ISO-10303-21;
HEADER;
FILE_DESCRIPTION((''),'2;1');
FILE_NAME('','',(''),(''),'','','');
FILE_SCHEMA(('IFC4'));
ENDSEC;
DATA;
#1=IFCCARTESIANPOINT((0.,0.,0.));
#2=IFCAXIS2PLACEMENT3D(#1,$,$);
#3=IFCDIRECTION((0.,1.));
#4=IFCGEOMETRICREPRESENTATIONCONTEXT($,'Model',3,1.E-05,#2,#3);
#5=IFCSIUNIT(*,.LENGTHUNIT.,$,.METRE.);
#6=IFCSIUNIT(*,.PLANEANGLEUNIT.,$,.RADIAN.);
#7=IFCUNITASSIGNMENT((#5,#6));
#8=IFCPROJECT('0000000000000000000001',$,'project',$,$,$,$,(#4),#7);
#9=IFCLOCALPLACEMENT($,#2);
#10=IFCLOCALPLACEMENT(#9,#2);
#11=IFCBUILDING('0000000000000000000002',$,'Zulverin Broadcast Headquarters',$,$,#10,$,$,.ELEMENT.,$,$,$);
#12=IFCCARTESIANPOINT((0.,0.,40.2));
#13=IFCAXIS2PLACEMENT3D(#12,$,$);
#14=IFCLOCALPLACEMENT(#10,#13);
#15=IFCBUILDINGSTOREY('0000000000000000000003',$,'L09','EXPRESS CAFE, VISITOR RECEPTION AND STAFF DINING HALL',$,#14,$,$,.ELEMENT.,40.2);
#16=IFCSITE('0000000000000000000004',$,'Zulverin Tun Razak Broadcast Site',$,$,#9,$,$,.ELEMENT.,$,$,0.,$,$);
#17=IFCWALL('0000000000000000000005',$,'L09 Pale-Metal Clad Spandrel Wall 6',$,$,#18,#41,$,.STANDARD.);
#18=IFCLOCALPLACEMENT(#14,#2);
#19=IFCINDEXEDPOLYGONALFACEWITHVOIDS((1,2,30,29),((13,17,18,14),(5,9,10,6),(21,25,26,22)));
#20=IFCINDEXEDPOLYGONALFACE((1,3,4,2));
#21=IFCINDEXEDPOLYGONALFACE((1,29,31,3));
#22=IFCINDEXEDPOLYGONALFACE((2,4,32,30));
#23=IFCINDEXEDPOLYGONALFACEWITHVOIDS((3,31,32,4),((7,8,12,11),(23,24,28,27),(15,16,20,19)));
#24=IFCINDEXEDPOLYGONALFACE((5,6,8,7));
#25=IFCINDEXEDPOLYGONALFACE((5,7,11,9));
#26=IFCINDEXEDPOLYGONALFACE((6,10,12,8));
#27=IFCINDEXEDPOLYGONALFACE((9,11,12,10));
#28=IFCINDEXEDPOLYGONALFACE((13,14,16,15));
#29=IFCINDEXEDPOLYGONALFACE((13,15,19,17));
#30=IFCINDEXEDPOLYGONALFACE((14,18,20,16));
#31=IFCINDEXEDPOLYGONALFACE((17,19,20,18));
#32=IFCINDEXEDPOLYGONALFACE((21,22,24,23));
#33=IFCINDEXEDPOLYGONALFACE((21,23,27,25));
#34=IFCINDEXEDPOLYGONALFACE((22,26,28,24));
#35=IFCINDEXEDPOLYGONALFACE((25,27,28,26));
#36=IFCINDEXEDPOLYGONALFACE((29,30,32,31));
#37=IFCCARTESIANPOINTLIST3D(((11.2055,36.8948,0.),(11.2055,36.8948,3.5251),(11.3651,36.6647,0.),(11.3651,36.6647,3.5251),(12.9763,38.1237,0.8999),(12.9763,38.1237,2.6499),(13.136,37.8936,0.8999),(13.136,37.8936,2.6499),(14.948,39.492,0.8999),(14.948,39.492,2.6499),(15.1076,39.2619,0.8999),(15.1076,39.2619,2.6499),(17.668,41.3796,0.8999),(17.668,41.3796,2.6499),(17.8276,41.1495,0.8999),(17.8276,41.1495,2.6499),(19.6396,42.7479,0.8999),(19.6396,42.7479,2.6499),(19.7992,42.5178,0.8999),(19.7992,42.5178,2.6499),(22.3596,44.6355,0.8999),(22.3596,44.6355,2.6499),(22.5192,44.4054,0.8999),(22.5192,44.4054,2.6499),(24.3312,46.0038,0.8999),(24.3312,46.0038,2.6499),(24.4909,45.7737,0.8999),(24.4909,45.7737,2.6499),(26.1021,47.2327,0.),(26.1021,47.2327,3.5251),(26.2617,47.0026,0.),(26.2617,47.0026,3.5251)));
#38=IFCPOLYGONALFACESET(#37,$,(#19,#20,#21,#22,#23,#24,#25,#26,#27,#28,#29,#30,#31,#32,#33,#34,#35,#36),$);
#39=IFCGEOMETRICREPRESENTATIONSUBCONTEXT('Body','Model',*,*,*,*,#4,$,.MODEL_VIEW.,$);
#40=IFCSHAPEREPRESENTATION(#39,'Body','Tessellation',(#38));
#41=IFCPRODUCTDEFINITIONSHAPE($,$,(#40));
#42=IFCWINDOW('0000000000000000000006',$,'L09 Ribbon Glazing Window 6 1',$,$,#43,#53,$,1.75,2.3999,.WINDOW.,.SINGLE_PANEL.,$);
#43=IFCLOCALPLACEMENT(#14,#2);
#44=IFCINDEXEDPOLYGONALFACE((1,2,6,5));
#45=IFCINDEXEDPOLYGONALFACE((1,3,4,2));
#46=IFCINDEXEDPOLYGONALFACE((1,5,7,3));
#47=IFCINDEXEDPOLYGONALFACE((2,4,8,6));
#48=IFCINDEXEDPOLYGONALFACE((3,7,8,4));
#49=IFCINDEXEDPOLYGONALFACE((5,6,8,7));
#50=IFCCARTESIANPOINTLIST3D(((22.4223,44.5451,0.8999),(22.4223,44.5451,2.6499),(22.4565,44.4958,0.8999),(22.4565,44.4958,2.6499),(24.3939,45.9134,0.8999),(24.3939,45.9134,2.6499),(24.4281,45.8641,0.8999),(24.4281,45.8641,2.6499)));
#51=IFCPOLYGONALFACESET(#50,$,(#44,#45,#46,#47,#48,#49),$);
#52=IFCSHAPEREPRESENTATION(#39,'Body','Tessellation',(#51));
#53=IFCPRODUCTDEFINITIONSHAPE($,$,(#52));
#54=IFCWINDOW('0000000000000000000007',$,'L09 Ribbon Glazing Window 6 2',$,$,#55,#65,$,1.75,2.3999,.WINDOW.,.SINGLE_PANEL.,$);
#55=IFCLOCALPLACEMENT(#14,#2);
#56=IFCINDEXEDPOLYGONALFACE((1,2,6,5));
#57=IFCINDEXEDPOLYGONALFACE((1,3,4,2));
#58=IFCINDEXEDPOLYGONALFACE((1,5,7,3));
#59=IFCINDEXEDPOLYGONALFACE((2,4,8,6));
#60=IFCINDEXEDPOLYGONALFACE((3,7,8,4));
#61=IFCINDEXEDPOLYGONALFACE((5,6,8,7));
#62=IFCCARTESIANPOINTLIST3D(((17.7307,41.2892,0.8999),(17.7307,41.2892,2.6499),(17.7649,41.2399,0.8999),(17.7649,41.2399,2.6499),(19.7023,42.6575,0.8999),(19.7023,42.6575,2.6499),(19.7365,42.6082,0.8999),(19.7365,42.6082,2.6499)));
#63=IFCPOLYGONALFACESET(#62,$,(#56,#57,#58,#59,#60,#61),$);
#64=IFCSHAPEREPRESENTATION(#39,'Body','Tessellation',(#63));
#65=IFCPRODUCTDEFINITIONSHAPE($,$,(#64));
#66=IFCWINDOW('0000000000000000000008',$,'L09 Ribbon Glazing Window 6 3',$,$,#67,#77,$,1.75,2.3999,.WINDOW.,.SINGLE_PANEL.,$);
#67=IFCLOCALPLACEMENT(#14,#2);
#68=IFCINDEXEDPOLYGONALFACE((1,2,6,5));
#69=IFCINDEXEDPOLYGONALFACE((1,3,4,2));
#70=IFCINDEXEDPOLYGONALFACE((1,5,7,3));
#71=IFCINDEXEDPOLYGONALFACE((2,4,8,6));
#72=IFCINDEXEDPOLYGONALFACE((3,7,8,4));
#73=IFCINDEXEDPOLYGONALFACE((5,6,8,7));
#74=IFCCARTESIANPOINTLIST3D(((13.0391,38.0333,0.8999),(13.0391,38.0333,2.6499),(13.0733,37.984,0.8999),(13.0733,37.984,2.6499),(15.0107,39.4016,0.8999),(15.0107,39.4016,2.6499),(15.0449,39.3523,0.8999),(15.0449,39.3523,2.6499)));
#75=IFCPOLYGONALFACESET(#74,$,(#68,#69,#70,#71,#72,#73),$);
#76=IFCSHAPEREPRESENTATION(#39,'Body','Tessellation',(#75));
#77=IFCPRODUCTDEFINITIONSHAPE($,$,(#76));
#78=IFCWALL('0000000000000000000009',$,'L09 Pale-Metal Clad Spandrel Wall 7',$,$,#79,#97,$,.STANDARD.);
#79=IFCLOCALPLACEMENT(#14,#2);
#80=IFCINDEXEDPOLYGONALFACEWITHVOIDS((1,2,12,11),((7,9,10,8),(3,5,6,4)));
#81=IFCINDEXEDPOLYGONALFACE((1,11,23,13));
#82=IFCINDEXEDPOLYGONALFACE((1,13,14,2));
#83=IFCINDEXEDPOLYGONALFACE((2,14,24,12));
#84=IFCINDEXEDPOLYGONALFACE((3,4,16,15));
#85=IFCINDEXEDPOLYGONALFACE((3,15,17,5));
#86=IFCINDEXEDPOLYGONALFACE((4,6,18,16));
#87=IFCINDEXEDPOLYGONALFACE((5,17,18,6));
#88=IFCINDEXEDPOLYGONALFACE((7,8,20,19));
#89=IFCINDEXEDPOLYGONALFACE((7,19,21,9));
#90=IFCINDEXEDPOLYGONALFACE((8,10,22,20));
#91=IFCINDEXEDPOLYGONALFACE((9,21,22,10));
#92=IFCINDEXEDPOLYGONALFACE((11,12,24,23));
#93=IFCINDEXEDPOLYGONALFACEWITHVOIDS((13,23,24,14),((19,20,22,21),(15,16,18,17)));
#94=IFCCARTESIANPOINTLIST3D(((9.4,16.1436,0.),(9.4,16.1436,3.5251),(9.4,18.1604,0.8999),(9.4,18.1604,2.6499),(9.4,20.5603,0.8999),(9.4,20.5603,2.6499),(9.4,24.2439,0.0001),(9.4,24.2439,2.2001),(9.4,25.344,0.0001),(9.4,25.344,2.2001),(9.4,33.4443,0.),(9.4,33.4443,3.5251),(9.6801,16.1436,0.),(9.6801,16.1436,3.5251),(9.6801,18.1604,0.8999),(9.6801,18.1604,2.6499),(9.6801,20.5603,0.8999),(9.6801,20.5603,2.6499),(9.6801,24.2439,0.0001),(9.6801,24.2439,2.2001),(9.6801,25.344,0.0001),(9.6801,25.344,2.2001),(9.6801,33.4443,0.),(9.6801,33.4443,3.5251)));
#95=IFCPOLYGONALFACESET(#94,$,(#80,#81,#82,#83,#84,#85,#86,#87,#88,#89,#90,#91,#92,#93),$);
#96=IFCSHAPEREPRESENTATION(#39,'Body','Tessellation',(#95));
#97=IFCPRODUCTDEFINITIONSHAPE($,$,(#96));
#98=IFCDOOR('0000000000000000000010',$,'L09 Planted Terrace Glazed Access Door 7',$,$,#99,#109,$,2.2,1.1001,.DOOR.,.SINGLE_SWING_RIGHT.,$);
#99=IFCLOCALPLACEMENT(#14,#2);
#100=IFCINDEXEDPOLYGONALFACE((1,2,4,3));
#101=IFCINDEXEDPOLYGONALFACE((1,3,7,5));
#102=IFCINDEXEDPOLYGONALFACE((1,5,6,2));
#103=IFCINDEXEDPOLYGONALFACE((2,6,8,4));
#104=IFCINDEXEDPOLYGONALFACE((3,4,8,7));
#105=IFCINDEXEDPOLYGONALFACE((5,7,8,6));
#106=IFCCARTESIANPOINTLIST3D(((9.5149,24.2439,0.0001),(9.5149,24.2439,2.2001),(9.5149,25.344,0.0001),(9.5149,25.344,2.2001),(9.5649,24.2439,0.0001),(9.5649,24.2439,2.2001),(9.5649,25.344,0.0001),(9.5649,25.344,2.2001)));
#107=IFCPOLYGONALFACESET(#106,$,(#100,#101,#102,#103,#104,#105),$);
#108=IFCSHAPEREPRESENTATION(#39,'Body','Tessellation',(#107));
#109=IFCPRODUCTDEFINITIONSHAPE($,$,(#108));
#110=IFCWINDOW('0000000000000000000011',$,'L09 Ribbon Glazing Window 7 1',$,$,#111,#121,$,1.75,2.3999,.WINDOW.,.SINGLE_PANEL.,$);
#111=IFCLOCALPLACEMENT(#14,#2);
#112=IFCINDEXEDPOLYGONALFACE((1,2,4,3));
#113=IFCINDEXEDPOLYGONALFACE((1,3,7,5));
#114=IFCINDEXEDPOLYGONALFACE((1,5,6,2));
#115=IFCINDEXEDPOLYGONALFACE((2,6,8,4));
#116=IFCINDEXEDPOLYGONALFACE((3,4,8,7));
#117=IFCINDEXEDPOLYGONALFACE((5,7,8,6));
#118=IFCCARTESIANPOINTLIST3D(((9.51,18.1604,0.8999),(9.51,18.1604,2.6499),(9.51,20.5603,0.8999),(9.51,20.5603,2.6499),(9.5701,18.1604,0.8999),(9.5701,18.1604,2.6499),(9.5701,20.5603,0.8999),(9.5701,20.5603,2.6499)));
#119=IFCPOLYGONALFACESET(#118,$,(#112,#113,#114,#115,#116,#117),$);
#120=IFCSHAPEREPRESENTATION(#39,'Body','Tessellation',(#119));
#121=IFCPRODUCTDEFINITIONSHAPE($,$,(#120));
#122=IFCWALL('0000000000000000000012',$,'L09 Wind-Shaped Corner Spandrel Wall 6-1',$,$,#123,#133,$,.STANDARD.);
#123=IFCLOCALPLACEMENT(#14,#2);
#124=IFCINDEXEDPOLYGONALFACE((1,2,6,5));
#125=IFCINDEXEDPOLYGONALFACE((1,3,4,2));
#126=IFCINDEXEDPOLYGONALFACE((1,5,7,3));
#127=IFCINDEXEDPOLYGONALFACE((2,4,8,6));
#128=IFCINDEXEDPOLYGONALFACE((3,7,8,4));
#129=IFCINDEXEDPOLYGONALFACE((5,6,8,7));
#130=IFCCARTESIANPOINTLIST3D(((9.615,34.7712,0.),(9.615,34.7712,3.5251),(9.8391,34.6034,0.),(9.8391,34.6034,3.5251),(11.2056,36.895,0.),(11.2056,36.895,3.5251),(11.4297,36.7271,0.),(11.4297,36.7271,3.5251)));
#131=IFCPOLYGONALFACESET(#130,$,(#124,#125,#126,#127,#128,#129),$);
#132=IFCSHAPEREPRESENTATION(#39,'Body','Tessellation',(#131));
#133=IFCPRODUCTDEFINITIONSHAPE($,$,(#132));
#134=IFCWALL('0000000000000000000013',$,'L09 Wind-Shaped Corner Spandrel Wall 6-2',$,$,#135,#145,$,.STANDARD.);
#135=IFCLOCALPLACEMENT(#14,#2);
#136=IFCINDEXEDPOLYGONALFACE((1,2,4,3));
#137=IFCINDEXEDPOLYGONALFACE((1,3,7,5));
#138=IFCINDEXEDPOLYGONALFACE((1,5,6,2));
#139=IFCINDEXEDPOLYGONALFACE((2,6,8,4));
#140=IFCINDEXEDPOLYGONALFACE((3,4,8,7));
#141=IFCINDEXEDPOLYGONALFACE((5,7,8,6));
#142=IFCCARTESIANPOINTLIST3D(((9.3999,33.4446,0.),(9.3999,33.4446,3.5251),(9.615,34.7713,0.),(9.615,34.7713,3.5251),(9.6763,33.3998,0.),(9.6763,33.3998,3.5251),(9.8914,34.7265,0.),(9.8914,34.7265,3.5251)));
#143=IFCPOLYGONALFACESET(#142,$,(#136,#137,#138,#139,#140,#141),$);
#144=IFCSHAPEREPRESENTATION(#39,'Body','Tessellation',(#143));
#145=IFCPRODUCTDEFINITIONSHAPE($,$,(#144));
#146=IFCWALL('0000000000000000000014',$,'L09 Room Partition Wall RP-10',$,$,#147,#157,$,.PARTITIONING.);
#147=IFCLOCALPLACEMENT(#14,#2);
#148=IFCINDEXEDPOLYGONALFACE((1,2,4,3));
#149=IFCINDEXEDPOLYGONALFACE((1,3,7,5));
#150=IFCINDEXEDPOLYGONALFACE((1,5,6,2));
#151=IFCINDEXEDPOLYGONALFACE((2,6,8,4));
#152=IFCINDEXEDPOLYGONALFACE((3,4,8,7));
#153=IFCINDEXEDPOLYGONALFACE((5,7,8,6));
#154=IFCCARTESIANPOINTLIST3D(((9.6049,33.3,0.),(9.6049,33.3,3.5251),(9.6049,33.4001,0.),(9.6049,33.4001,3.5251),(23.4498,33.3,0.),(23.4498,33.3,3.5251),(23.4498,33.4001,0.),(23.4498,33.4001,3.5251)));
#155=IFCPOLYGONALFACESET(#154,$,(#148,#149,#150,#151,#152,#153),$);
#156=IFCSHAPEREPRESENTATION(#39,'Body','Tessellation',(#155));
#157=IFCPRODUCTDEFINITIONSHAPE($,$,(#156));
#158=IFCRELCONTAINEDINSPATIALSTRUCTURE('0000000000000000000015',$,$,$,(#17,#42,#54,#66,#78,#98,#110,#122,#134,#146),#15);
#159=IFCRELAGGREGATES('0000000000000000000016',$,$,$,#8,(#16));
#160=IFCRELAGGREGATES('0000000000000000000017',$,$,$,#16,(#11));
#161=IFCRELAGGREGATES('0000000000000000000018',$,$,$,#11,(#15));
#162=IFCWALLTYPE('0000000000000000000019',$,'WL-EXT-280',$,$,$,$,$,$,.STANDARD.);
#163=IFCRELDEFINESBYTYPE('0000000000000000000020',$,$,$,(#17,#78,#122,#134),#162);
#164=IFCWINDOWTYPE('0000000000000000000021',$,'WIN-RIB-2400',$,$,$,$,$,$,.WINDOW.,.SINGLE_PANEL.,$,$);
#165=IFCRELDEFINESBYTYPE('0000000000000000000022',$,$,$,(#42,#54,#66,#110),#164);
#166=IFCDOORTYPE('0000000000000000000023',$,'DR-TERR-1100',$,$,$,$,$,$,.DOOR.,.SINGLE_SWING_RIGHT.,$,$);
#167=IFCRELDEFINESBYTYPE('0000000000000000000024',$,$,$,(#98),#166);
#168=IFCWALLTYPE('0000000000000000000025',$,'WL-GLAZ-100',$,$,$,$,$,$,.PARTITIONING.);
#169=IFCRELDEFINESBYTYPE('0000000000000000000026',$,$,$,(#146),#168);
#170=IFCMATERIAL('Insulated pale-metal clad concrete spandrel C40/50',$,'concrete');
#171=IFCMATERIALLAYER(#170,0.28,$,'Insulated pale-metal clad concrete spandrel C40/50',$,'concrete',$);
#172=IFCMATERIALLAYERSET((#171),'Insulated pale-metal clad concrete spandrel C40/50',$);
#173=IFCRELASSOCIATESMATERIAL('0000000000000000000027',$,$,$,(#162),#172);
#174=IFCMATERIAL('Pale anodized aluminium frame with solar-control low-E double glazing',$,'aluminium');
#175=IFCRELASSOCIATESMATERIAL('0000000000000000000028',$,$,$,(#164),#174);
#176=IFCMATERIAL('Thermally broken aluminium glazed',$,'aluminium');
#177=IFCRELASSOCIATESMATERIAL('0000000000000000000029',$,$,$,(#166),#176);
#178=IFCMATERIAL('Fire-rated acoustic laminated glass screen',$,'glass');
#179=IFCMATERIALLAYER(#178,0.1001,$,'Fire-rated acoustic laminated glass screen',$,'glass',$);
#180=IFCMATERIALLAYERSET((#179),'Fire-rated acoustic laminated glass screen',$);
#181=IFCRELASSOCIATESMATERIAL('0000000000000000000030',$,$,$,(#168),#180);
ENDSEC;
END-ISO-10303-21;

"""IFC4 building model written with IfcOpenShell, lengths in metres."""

from ifc_helpers import new_model, si_unit, direction, frame, frame_2d, origin, place, context, subcontext, project, spatial, rectangle, extrude, material, layer, layer_set, type_object, element, fill, save


model = new_model("IFC4")

# Units and contexts
model_context = context("Model", 3, precision=1e-05, world=origin(), true_north=direction((0.0, 1.0)))
body_context = subcontext(model_context, "Body", "Model", "MODEL_VIEW")
ifc_project = project(units=[si_unit("LENGTHUNIT", "METRE"), si_unit("PLANEANGLEUNIT", "RADIAN")], contexts=[model_context])

# Site, building, storey
site_placement = place(None, origin())
site = spatial("IfcSite", under=ifc_project, at=site_placement, Name="Zulverin Tun Razak Broadcast Site", CompositionType="ELEMENT", RefElevation=0.0)
building_placement = place(site_placement, origin())
building = spatial("IfcBuilding", under=site, at=building_placement, Name="Zulverin Broadcast Headquarters", CompositionType="ELEMENT")
storey_placement = place(building_placement, frame((0.0, 0.0, 40.2)))
storey = spatial("IfcBuildingStorey", under=building, at=storey_placement, Name="L09", Description="EXPRESS CAFE, VISITOR RECEPTION AND STAFF DINING HALL", CompositionType="ELEMENT", Elevation=40.2)

# Wall, openings, windows
ifc_material_1 = material(Name="Insulated pale-metal clad concrete spandrel C40/50", Category="concrete")
ifc_layer_1 = layer(ifc_material_1, 0.28, Name="Insulated pale-metal clad concrete spandrel C40/50", Category="concrete")
ifc_layer_set_1 = layer_set([ifc_layer_1], Name="Insulated pale-metal clad concrete spandrel C40/50")
wall_type_1 = type_object("IfcWallType", Name="WL-EXT-280", PredefinedType="STANDARD", material=ifc_layer_set_1)
wall_1_placement = place(storey_placement, frame((26.1819, 47.1177, 0.0), z_axis=(0.0, 0.0, 1.0), x_axis=(-0.821548, -0.570139, 0.0)))
wall_1 = element("IfcWall", 1, at=wall_1_placement, inside=storey, type_object=wall_type_1, Name="L09 Pale-Metal Clad Spandrel Wall 6", PredefinedType="STANDARD", context=body_context, shape_type="SweptSolid", body=[
    extrude(rectangle(XDim=18.1323, YDim=0.28, at=frame_2d((9.0662, 0.0))), origin(), (0.0, 0.0, 1.0), 3.5251),
])
opening_1_placement = place(wall_1_placement, frame((2.1555, 0.0, 0.8999)))
opening_1 = element("IfcOpeningElement", 2, at=opening_1_placement, cuts=wall_1, PredefinedType="OPENING", context=body_context, shape_type="SweptSolid", body=[
    extrude(rectangle(XDim=2.3999, YDim=1.75, at=frame_2d((1.2, 0.875))), frame((0.0, 0.1499, 0.0), z_axis=(0.0, -1.0, 0.0), x_axis=(1.0, 0.0, 0.0)), (0.0, 0.0, 1.0), 0.3),
])
opening_2_placement = place(wall_1_placement, frame((7.8662, 0.0, 0.8999)))
opening_2 = element("IfcOpeningElement", 3, at=opening_2_placement, cuts=wall_1, PredefinedType="OPENING", context=body_context, shape_type="SweptSolid", body=[
    extrude(rectangle(XDim=2.3999, YDim=1.75, at=frame_2d((1.2, 0.875))), frame((0.0, 0.1499, 0.0), z_axis=(0.0, -1.0, 0.0), x_axis=(1.0, 0.0, 0.0)), (0.0, 0.0, 1.0), 0.3),
])
opening_3_placement = place(wall_1_placement, frame((13.5769, 0.0, 0.8999)))
opening_3 = element("IfcOpeningElement", 4, at=opening_3_placement, cuts=wall_1, PredefinedType="OPENING", context=body_context, shape_type="SweptSolid", body=[
    extrude(rectangle(XDim=2.3999, YDim=1.75, at=frame_2d((1.2, 0.875))), frame((0.0, 0.1499, 0.0), z_axis=(0.0, -1.0, 0.0), x_axis=(1.0, 0.0, 0.0)), (0.0, 0.0, 1.0), 0.3),
])
ifc_material_2 = material(Name="Pale anodized aluminium frame with solar-control low-E double glazing", Category="aluminium")
window_type = type_object("IfcWindowType", Name="WIN-RIB-2400", PartitioningType="SINGLE_PANEL", PredefinedType="WINDOW", material=ifc_material_2)
window_1_placement = place(opening_1_placement, origin())
window_1 = element("IfcWindow", 5, at=window_1_placement, inside=storey, type_object=window_type, Name="L09 Ribbon Glazing Window 6 1", OverallHeight=1.75, OverallWidth=2.3999, PartitioningType="SINGLE_PANEL", PredefinedType="WINDOW", context=body_context, shape_type="SweptSolid", body=[
    extrude(rectangle(XDim=2.3999, YDim=1.75, at=frame_2d((1.2, 0.875))), frame((0.0, 0.03, 0.0), z_axis=(0.0, -1.0, 0.0), x_axis=(1.0, 0.0, 0.0)), (0.0, 0.0, 1.0), 0.0601),
])
fill(opening_1, window_1)
window_2_placement = place(opening_2_placement, origin())
window_2 = element("IfcWindow", 6, at=window_2_placement, inside=storey, type_object=window_type, Name="L09 Ribbon Glazing Window 6 2", OverallHeight=1.75, OverallWidth=2.3999, PartitioningType="SINGLE_PANEL", PredefinedType="WINDOW", context=body_context, shape_type="SweptSolid", body=[
    extrude(rectangle(XDim=2.3999, YDim=1.75, at=frame_2d((1.2, 0.875))), frame((0.0, 0.03, 0.0), z_axis=(0.0, -1.0, 0.0), x_axis=(1.0, 0.0, 0.0)), (0.0, 0.0, 1.0), 0.0601),
])
fill(opening_2, window_2)
window_3_placement = place(opening_3_placement, origin())
window_3 = element("IfcWindow", 7, at=window_3_placement, inside=storey, type_object=window_type, Name="L09 Ribbon Glazing Window 6 3", OverallHeight=1.75, OverallWidth=2.3999, PartitioningType="SINGLE_PANEL", PredefinedType="WINDOW", context=body_context, shape_type="SweptSolid", body=[
    extrude(rectangle(XDim=2.3999, YDim=1.75, at=frame_2d((1.2, 0.875))), frame((0.0, 0.03, 0.0), z_axis=(0.0, -1.0, 0.0), x_axis=(1.0, 0.0, 0.0)), (0.0, 0.0, 1.0), 0.0601),
])
fill(opening_3, window_3)

# Wall, openings, door, window
wall_2_placement = place(storey_placement, frame((9.54, 33.4443, 0.0), z_axis=(0.0, 0.0, 1.0), x_axis=(0.0, -1.0, 0.0)))
wall_2 = element("IfcWall", 8, at=wall_2_placement, inside=storey, type_object=wall_type_1, Name="L09 Pale-Metal Clad Spandrel Wall 7", PredefinedType="STANDARD", context=body_context, shape_type="SweptSolid", body=[
    extrude(rectangle(XDim=17.3008, YDim=0.28, at=frame_2d((8.6504, 0.0))), origin(), (0.0, 0.0, 1.0), 3.5251),
])
opening_4_placement = place(wall_2_placement, frame((8.1003, 0.0, 0.0)))
opening_4 = element("IfcOpeningElement", 9, at=opening_4_placement, cuts=wall_2, PredefinedType="OPENING", context=body_context, shape_type="SweptSolid", body=[
    extrude(rectangle(XDim=1.1001, YDim=2.2, at=frame_2d((0.55, 1.1001))), frame((0.0, 0.1499, 0.0), z_axis=(0.0, -1.0, 0.0), x_axis=(1.0, 0.0, 0.0)), (0.0, 0.0, 1.0), 0.3),
])
opening_5_placement = place(wall_2_placement, frame((12.884, 0.0, 0.8999)))
opening_5 = element("IfcOpeningElement", 10, at=opening_5_placement, cuts=wall_2, PredefinedType="OPENING", context=body_context, shape_type="SweptSolid", body=[
    extrude(rectangle(XDim=2.3999, YDim=1.75, at=frame_2d((1.2, 0.875))), frame((0.0, 0.1499, 0.0), z_axis=(0.0, -1.0, 0.0), x_axis=(1.0, 0.0, 0.0)), (0.0, 0.0, 1.0), 0.3),
])
ifc_material_3 = material(Name="Thermally broken aluminium glazed", Category="aluminium")
door_type_1 = type_object("IfcDoorType", Name="DR-TERR-1100", OperationType="SINGLE_SWING_RIGHT", PredefinedType="DOOR", material=ifc_material_3)
door_1_placement = place(opening_4_placement, origin())
door_1 = element("IfcDoor", 11, at=door_1_placement, inside=storey, type_object=door_type_1, Name="L09 Planted Terrace Glazed Access Door 7", OperationType="SINGLE_SWING_RIGHT", OverallHeight=2.2, OverallWidth=1.1001, PredefinedType="DOOR", context=body_context, shape_type="SweptSolid", body=[
    extrude(rectangle(XDim=1.1001, YDim=2.2, at=frame_2d((0.55, 1.1001))), frame((0.0, 0.0249, 0.0), z_axis=(0.0, -1.0, 0.0), x_axis=(1.0, 0.0, 0.0)), (0.0, 0.0, 1.0), 0.05),
])
fill(opening_4, door_1)
window_4_placement = place(opening_5_placement, origin())
window_4 = element("IfcWindow", 12, at=window_4_placement, inside=storey, type_object=window_type, Name="L09 Ribbon Glazing Window 7 1", OverallHeight=1.75, OverallWidth=2.3999, PartitioningType="SINGLE_PANEL", PredefinedType="WINDOW", context=body_context, shape_type="SweptSolid", body=[
    extrude(rectangle(XDim=2.3999, YDim=1.75, at=frame_2d((1.2, 0.875))), frame((0.0, 0.03, 0.0), z_axis=(0.0, -1.0, 0.0), x_axis=(1.0, 0.0, 0.0)), (0.0, 0.0, 1.0), 0.0601),
])
fill(opening_5, window_4)

# Walls
wall_3_placement = place(storey_placement, frame((11.3176, 36.811, 0.0), z_axis=(0.0, 0.0, 1.0), x_axis=(-0.599455, -0.800408, 0.0)))
element("IfcWall", 13, at=wall_3_placement, inside=storey, type_object=wall_type_1, Name="L09 Wind-Shaped Corner Spandrel Wall 6-1", PredefinedType="STANDARD", context=body_context, shape_type="SweptSolid", body=[
    extrude(rectangle(XDim=2.6533, YDim=0.28, at=frame_2d((1.3267, 0.0))), origin(), (0.0, 0.0, 1.0), 3.5251),
])
wall_4_placement = place(storey_placement, frame((9.7532, 34.7488, 0.0), z_axis=(0.0, 0.0, 1.0), x_axis=(-0.160038, -0.987111, 0.0)))
element("IfcWall", 14, at=wall_4_placement, inside=storey, type_object=wall_type_1, Name="L09 Wind-Shaped Corner Spandrel Wall 6-2", PredefinedType="STANDARD", context=body_context, shape_type="SweptSolid", body=[
    extrude(rectangle(XDim=1.344, YDim=0.28, at=frame_2d((0.6719, 0.0))), origin(), (0.0, 0.0, 1.0), 3.5251),
])
ifc_material_4 = material(Name="Fire-rated acoustic laminated glass screen", Category="glass")
ifc_layer_2 = layer(ifc_material_4, 0.1001, Name="Fire-rated acoustic laminated glass screen", Category="glass")
ifc_layer_set_2 = layer_set([ifc_layer_2], Name="Fire-rated acoustic laminated glass screen")
wall_type_2 = type_object("IfcWallType", Name="WL-GLAZ-100", PredefinedType="PARTITIONING", material=ifc_layer_set_2)
wall_5_placement = place(storey_placement, frame((9.605, 33.3501, 0.0), z_axis=(0.0, 0.0, 1.0), x_axis=(1.0, 0.0, 0.0)))
element("IfcWall", 15, at=wall_5_placement, inside=storey, type_object=wall_type_2, Name="L09 Room Partition Wall RP-10", PredefinedType="PARTITIONING", context=body_context, shape_type="SweptSolid", body=[
    extrude(rectangle(XDim=13.845, YDim=0.1001, at=frame_2d((6.9224, 0.0))), origin(), (0.0, 0.0, 1.0), 3.5251),
])

save(model, "model.ifc")
